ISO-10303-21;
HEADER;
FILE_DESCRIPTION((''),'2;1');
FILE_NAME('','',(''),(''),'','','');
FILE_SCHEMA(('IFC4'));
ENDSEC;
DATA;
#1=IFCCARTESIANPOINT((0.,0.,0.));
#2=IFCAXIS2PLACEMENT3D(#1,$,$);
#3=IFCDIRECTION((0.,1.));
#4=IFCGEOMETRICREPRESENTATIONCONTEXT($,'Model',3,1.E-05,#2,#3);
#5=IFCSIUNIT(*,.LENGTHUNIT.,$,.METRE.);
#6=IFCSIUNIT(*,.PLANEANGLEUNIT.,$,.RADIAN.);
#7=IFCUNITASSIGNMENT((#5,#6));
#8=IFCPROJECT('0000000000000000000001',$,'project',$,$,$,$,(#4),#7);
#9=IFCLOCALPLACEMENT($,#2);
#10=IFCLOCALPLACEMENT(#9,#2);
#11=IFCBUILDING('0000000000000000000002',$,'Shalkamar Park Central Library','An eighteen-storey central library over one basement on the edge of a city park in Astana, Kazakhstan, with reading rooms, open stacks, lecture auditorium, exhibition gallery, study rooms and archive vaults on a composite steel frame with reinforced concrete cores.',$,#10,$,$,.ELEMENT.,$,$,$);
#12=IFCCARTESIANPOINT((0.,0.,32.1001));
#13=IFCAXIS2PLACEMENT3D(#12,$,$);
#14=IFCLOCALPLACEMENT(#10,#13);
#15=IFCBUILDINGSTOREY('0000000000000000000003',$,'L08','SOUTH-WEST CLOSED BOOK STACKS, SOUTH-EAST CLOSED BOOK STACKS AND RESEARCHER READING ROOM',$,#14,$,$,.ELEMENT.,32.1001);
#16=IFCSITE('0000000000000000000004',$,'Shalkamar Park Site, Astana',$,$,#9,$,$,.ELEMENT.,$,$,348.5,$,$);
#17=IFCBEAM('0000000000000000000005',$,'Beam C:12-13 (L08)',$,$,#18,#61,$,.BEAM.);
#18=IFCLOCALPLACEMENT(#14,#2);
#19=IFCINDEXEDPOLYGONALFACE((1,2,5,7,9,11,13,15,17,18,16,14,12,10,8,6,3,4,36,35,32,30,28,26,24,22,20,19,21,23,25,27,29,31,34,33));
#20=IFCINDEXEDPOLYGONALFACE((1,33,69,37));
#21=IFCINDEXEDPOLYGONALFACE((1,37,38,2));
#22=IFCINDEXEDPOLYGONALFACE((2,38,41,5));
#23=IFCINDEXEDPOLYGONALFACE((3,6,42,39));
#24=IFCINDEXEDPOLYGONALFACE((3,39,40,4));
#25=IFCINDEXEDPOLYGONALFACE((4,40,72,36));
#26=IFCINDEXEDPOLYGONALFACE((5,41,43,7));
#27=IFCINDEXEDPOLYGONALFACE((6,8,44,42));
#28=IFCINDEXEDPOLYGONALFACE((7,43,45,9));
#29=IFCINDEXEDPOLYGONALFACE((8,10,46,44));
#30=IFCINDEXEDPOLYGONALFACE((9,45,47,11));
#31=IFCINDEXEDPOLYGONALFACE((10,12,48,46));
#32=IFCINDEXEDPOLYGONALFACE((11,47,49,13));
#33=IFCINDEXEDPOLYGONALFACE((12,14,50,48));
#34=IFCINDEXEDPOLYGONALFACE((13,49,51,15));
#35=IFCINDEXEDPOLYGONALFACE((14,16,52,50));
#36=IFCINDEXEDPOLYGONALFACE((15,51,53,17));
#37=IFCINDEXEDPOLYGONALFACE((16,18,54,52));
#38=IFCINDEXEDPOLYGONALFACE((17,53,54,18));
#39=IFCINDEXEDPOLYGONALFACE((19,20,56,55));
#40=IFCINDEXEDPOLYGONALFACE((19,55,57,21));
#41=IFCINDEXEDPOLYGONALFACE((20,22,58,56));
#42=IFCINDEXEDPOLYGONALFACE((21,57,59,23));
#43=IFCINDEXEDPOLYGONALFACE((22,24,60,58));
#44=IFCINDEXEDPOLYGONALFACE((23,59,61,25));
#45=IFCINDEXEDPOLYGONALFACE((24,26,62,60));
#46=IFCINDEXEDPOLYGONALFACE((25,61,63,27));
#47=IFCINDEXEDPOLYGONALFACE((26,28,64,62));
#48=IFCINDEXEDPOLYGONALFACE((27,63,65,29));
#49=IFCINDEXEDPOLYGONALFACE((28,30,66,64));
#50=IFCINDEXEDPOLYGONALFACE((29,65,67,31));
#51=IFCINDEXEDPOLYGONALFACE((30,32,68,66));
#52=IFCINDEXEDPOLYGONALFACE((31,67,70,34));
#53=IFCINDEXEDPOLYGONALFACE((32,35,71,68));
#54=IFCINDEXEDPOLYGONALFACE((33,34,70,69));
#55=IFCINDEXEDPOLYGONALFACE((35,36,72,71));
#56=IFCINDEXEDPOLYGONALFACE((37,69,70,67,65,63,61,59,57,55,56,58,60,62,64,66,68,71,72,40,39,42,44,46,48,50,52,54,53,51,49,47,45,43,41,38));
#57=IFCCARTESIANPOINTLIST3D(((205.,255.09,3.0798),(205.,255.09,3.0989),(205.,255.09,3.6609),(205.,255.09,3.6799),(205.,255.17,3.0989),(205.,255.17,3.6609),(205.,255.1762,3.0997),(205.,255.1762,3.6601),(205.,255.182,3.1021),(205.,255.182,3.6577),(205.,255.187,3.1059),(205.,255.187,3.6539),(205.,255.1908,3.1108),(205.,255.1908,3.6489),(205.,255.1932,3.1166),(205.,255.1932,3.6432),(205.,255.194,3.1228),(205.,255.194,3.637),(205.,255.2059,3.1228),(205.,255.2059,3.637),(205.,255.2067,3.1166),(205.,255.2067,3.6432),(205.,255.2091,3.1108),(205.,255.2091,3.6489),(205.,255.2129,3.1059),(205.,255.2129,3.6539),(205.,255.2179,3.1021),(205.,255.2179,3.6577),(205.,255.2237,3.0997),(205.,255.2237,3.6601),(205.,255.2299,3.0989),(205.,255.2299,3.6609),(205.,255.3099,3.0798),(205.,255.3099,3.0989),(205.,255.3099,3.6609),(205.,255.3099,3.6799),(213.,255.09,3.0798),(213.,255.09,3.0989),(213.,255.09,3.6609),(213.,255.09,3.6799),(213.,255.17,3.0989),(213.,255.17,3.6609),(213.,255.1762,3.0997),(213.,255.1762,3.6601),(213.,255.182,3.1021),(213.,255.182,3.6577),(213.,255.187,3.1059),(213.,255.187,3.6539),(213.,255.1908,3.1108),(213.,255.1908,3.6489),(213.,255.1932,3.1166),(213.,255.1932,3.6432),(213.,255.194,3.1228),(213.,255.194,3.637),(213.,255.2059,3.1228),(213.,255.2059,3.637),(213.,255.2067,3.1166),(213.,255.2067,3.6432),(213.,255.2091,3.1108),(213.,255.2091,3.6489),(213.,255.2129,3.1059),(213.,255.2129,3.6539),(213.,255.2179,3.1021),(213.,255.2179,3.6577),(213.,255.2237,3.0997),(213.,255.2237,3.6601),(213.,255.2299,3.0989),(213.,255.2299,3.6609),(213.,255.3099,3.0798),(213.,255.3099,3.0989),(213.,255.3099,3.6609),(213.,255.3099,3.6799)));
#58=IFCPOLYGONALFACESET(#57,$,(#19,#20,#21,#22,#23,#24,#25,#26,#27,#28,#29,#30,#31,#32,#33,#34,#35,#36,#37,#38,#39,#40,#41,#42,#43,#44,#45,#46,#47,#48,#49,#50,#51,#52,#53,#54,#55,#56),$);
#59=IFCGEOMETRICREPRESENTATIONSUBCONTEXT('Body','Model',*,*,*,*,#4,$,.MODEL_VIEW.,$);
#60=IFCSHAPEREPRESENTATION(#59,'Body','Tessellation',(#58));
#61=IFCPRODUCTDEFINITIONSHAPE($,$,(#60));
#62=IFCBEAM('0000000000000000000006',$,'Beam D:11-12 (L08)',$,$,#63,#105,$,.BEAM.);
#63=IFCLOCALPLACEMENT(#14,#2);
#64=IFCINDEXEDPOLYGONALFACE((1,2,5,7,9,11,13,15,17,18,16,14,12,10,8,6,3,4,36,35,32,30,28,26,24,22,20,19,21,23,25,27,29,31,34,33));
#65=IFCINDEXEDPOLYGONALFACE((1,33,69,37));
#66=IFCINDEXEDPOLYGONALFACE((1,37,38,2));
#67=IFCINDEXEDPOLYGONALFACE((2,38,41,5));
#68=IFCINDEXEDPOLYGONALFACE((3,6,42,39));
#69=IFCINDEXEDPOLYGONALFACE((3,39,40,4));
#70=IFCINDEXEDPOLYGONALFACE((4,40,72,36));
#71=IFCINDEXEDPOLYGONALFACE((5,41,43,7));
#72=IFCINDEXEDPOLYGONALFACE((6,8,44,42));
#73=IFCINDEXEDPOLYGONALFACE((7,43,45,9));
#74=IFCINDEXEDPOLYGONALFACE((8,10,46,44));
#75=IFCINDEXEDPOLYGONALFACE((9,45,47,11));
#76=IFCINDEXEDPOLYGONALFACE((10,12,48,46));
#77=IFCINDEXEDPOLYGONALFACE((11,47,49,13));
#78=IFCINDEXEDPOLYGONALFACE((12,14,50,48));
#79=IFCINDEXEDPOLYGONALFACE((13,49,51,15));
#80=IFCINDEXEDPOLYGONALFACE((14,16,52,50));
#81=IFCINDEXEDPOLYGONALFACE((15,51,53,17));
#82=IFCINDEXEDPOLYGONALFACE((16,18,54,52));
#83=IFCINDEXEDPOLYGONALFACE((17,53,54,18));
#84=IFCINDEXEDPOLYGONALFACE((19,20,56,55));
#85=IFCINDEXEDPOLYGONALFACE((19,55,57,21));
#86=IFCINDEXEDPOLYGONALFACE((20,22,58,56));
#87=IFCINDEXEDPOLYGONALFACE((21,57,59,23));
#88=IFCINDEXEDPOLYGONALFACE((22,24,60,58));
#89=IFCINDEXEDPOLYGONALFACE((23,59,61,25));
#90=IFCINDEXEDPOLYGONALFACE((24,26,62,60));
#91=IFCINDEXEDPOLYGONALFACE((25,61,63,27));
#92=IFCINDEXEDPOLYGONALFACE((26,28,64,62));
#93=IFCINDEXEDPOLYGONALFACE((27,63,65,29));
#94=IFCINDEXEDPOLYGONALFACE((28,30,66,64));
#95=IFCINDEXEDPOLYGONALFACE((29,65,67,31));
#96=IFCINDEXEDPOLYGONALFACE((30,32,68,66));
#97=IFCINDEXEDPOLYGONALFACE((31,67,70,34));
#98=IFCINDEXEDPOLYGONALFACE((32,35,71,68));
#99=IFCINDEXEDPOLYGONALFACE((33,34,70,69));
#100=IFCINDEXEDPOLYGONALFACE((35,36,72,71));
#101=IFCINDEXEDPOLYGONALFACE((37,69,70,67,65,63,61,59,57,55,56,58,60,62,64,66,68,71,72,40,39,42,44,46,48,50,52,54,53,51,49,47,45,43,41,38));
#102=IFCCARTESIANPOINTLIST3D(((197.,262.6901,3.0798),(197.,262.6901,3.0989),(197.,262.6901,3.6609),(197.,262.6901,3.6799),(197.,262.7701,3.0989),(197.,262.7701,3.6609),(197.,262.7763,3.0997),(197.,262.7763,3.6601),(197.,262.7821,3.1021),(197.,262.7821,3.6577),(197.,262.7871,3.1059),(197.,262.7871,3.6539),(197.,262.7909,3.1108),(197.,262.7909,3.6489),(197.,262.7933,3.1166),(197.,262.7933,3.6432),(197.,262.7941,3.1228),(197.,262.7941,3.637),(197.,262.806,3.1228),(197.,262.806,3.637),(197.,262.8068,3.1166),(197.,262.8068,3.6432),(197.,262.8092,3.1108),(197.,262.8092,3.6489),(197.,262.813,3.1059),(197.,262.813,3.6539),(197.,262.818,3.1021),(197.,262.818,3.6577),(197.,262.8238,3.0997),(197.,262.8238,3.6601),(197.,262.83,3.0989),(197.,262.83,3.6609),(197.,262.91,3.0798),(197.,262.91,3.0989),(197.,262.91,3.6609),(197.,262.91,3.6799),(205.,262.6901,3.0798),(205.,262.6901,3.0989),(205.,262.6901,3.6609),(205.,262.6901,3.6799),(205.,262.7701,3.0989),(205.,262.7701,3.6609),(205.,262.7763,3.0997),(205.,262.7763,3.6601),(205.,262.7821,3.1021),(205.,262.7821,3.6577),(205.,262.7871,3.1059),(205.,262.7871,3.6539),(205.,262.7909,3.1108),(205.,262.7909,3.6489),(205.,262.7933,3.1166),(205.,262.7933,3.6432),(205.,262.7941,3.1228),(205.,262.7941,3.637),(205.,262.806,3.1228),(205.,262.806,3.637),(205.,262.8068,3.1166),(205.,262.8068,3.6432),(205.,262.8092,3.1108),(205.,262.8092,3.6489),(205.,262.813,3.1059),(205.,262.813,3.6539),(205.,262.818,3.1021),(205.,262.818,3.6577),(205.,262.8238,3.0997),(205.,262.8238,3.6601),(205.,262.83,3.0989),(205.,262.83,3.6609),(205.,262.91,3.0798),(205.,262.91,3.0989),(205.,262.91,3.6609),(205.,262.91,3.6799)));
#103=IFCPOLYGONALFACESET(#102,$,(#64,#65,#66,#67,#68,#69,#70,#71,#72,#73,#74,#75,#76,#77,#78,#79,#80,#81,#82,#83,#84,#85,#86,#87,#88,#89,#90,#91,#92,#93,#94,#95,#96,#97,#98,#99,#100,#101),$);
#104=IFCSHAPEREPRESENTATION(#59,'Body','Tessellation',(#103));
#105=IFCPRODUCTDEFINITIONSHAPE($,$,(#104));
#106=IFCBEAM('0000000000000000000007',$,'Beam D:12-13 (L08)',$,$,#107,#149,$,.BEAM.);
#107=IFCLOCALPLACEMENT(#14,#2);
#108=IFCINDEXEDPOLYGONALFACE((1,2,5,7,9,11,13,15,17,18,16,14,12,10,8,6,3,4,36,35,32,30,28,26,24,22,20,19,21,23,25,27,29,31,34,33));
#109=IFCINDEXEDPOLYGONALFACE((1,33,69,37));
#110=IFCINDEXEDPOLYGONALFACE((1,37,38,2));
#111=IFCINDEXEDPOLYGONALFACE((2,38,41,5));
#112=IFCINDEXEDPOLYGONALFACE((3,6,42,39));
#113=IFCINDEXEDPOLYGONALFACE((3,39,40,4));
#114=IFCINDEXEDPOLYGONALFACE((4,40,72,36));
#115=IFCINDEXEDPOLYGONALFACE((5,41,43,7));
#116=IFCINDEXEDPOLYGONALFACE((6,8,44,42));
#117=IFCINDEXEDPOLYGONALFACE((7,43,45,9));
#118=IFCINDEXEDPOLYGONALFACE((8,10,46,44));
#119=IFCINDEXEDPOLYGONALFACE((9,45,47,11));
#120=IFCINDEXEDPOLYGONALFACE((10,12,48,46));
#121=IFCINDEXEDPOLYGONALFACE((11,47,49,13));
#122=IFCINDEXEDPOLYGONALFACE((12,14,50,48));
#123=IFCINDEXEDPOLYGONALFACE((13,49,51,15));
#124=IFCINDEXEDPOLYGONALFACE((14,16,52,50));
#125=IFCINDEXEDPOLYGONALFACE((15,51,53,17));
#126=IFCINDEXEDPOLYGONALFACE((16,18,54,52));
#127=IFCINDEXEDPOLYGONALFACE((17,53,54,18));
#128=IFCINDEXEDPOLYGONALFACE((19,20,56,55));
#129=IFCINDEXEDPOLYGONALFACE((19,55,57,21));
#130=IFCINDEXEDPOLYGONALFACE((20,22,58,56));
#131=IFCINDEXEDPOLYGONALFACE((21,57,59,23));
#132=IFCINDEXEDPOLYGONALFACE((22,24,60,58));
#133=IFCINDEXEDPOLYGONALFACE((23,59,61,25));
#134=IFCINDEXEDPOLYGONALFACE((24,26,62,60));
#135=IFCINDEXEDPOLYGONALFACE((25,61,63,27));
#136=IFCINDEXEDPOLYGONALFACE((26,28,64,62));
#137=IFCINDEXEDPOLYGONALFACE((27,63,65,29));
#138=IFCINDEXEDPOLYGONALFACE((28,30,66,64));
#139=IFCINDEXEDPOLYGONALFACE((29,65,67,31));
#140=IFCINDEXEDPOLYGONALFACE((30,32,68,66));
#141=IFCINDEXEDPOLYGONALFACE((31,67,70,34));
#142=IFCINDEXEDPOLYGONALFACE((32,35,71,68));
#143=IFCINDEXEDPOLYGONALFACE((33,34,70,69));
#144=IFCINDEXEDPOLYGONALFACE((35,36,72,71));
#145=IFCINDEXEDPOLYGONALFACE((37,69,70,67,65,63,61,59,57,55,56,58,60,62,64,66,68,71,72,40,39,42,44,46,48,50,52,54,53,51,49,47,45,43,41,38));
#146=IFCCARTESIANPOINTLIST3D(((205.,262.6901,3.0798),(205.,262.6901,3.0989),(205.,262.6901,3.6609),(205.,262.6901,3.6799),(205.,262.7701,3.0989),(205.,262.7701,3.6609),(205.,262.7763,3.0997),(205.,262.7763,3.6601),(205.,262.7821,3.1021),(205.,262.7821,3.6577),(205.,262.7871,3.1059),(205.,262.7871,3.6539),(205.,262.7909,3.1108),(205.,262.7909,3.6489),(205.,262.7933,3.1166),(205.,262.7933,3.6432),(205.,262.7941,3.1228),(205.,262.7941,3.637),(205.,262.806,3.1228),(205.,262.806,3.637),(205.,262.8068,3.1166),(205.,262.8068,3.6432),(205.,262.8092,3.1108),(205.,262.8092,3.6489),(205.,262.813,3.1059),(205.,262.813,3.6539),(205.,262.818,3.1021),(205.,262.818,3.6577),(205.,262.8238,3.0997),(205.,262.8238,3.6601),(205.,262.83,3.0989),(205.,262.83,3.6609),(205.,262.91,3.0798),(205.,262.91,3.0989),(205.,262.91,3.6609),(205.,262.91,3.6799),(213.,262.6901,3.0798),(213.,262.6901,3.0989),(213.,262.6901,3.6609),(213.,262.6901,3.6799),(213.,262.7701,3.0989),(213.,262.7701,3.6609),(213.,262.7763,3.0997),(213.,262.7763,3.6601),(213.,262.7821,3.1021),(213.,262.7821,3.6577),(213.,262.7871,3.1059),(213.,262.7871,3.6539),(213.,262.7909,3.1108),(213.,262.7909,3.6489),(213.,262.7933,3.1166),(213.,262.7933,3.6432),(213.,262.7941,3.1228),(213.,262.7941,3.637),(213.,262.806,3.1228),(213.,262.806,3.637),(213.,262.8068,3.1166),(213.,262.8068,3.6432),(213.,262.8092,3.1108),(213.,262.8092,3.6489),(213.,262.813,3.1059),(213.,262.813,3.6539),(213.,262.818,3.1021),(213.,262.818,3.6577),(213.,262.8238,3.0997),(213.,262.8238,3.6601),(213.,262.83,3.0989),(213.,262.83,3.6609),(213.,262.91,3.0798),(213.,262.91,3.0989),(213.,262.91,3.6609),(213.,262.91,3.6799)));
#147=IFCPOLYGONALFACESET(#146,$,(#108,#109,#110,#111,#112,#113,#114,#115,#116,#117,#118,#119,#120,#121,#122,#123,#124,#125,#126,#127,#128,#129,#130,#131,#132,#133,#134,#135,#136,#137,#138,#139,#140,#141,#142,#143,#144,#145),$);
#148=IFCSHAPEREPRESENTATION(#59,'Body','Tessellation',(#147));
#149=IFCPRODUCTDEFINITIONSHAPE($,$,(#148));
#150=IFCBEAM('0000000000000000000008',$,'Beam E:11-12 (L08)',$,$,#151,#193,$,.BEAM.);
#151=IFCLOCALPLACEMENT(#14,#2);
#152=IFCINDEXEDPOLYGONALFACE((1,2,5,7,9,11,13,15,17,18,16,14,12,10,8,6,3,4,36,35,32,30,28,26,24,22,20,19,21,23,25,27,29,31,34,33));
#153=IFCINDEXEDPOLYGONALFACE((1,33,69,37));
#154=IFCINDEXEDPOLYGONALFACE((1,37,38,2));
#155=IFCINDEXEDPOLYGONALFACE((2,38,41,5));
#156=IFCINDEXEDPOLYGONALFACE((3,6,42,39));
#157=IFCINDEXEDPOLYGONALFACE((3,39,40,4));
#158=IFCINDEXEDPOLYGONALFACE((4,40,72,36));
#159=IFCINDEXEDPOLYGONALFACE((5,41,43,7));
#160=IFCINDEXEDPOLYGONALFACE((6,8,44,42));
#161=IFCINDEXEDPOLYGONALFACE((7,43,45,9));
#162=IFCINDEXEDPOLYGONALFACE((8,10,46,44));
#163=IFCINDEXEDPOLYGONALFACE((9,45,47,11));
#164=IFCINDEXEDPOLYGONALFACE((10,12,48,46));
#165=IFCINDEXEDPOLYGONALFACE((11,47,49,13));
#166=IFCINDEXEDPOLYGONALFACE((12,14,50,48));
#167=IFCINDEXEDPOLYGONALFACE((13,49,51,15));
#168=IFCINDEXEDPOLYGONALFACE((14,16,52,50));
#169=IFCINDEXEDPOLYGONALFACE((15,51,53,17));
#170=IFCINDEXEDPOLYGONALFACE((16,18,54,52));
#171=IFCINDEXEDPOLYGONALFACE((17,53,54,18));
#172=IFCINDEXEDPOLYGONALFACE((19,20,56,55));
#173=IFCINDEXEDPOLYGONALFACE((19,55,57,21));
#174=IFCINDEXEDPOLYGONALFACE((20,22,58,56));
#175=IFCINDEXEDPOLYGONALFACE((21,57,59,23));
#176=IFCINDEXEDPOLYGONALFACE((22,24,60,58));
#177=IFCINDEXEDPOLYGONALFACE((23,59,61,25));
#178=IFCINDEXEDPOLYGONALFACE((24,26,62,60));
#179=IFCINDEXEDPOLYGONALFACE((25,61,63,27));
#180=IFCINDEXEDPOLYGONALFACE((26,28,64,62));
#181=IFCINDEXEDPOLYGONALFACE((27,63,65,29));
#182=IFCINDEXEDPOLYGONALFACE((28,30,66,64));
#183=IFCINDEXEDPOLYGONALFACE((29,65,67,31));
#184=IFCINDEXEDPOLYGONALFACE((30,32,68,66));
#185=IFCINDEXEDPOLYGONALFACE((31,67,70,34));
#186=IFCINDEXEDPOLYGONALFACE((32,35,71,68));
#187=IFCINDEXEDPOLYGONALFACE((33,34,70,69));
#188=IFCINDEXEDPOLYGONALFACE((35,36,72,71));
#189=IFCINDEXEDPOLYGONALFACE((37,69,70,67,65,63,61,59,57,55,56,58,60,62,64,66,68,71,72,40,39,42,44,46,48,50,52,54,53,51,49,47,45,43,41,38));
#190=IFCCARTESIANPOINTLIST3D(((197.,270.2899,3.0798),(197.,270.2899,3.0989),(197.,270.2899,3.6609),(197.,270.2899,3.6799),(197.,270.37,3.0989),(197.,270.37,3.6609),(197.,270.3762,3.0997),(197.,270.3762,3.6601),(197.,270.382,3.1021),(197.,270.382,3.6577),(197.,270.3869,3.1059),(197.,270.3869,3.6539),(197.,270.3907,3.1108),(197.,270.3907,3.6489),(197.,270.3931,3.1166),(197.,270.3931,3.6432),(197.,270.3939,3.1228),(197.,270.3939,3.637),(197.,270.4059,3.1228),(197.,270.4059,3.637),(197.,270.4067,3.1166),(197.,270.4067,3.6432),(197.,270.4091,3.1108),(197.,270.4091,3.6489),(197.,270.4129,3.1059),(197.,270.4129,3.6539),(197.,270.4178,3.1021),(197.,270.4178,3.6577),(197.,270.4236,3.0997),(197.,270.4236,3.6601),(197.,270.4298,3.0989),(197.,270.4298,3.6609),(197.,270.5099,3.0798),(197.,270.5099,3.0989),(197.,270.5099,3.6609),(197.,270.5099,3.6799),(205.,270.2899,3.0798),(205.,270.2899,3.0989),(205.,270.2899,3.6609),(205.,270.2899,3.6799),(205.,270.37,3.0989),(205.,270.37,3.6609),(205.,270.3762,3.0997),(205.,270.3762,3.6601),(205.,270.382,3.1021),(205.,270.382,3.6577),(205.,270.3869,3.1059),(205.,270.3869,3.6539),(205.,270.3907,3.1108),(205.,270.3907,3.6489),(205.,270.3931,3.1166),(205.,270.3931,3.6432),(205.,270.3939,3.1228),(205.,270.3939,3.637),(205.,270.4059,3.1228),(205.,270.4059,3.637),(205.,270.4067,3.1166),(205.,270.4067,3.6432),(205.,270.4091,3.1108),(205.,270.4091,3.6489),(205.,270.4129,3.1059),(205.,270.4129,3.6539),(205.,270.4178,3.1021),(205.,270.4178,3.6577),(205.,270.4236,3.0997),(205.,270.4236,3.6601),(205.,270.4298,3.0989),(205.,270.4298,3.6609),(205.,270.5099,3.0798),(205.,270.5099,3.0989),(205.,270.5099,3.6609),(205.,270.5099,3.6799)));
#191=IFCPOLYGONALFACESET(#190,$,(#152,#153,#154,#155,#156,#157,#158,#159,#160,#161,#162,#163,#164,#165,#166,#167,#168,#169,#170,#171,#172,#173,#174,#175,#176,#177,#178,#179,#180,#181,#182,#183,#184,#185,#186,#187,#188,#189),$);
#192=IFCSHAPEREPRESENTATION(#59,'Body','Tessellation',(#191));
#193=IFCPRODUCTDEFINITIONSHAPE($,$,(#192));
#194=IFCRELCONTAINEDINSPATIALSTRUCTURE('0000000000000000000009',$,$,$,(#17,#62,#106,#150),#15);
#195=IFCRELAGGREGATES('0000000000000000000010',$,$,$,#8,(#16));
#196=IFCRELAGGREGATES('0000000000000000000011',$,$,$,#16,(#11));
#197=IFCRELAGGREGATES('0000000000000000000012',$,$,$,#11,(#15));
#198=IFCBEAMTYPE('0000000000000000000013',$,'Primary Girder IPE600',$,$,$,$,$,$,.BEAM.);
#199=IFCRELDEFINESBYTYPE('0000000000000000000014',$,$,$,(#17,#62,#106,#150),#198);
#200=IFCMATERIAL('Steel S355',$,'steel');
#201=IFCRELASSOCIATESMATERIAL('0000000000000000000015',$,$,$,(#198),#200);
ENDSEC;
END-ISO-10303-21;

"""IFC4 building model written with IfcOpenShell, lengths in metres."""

from ifc_helpers import new_model, si_unit, direction, frame, origin, origin_2d, place, context, subcontext, project, spatial, i_section, extrude, material, material_profile, profile_set, type_object, element, save


model = new_model("IFC4")

# Units and contexts
model_context = context("Model", 3, precision=1e-05, world=origin(), true_north=direction((0.0, 1.0)))
body_context = subcontext(model_context, "Body", "Model", "MODEL_VIEW")
ifc_project = project(units=[si_unit("LENGTHUNIT", "METRE"), si_unit("PLANEANGLEUNIT", "RADIAN")], contexts=[model_context])

# Site, building, storey
site_placement = place(None, origin())
site = spatial("IfcSite", under=ifc_project, at=site_placement, Name="Shalkamar Park Site, Astana", CompositionType="ELEMENT", RefElevation=348.5)
building_placement = place(site_placement, origin())
building = spatial("IfcBuilding", under=site, at=building_placement, Name="Shalkamar Park Central Library", Description="An eighteen-storey central library over one basement on the edge of a city park in Astana, Kazakhstan, with reading rooms, open stacks, lecture auditorium, exhibition gallery, study rooms and archive vaults on a composite steel frame with reinforced concrete cores.", CompositionType="ELEMENT")
storey_placement = place(building_placement, frame((0.0, 0.0, 32.1001)))
storey = spatial("IfcBuildingStorey", under=building, at=storey_placement, Name="L08", Description="SOUTH-WEST CLOSED BOOK STACKS, SOUTH-EAST CLOSED BOOK STACKS AND RESEARCHER READING ROOM", CompositionType="ELEMENT", Elevation=32.1001)

# Shared definitions
ifc_material_1 = material(Name="Steel S355", Category="steel")

# Beams
ifc_material_profile_1 = material_profile(ifc_material_1, i_section(OverallWidth=0.22, OverallDepth=0.6001, WebThickness=0.012, FlangeThickness=0.019, FilletRadius=0.0239, at=origin_2d()), Name="IPE 600")
ifc_profile_set_1 = profile_set([ifc_material_profile_1], Name="Steel S355")
beam_type_1 = type_object("IfcBeamType", Name="Primary Girder IPE600", PredefinedType="BEAM", material=ifc_profile_set_1)
for number, where, z_axis, x_axis, name in (
    (1, (205.0, 255.2, 3.3799), (1.0, 0.0, 0.0), (0.0, 1.0, 0.0), "Beam C:12-13 (L08)"),
    (2, (197.0, 262.8, 3.3799), (1.0, 0.0, 0.0), (0.0, 1.0, 0.0), "Beam D:11-12 (L08)"),
    (3, (205.0, 262.8, 3.3799), (1.0, 0.0, 0.0), (0.0, 1.0, 0.0), "Beam D:12-13 (L08)"),
    (4, (197.0, 270.3999, 3.3799), (1.0, 0.0, 0.0), (0.0, 1.0, 0.0), "Beam E:11-12 (L08)"),
):
    element("IfcBeam", number, at=place(storey_placement, frame(where, z_axis=z_axis, x_axis=x_axis)), inside=storey, type_object=beam_type_1, Name=name, PredefinedType="BEAM", context=body_context, shape_type="SweptSolid", body=[
        extrude(i_section(OverallWidth=0.22, OverallDepth=0.6001, WebThickness=0.012, FlangeThickness=0.019, FilletRadius=0.0239, at=origin_2d()), origin(), (0.0, 0.0, 1.0), 8.0),
    ])

save(model, "model.ifc")
